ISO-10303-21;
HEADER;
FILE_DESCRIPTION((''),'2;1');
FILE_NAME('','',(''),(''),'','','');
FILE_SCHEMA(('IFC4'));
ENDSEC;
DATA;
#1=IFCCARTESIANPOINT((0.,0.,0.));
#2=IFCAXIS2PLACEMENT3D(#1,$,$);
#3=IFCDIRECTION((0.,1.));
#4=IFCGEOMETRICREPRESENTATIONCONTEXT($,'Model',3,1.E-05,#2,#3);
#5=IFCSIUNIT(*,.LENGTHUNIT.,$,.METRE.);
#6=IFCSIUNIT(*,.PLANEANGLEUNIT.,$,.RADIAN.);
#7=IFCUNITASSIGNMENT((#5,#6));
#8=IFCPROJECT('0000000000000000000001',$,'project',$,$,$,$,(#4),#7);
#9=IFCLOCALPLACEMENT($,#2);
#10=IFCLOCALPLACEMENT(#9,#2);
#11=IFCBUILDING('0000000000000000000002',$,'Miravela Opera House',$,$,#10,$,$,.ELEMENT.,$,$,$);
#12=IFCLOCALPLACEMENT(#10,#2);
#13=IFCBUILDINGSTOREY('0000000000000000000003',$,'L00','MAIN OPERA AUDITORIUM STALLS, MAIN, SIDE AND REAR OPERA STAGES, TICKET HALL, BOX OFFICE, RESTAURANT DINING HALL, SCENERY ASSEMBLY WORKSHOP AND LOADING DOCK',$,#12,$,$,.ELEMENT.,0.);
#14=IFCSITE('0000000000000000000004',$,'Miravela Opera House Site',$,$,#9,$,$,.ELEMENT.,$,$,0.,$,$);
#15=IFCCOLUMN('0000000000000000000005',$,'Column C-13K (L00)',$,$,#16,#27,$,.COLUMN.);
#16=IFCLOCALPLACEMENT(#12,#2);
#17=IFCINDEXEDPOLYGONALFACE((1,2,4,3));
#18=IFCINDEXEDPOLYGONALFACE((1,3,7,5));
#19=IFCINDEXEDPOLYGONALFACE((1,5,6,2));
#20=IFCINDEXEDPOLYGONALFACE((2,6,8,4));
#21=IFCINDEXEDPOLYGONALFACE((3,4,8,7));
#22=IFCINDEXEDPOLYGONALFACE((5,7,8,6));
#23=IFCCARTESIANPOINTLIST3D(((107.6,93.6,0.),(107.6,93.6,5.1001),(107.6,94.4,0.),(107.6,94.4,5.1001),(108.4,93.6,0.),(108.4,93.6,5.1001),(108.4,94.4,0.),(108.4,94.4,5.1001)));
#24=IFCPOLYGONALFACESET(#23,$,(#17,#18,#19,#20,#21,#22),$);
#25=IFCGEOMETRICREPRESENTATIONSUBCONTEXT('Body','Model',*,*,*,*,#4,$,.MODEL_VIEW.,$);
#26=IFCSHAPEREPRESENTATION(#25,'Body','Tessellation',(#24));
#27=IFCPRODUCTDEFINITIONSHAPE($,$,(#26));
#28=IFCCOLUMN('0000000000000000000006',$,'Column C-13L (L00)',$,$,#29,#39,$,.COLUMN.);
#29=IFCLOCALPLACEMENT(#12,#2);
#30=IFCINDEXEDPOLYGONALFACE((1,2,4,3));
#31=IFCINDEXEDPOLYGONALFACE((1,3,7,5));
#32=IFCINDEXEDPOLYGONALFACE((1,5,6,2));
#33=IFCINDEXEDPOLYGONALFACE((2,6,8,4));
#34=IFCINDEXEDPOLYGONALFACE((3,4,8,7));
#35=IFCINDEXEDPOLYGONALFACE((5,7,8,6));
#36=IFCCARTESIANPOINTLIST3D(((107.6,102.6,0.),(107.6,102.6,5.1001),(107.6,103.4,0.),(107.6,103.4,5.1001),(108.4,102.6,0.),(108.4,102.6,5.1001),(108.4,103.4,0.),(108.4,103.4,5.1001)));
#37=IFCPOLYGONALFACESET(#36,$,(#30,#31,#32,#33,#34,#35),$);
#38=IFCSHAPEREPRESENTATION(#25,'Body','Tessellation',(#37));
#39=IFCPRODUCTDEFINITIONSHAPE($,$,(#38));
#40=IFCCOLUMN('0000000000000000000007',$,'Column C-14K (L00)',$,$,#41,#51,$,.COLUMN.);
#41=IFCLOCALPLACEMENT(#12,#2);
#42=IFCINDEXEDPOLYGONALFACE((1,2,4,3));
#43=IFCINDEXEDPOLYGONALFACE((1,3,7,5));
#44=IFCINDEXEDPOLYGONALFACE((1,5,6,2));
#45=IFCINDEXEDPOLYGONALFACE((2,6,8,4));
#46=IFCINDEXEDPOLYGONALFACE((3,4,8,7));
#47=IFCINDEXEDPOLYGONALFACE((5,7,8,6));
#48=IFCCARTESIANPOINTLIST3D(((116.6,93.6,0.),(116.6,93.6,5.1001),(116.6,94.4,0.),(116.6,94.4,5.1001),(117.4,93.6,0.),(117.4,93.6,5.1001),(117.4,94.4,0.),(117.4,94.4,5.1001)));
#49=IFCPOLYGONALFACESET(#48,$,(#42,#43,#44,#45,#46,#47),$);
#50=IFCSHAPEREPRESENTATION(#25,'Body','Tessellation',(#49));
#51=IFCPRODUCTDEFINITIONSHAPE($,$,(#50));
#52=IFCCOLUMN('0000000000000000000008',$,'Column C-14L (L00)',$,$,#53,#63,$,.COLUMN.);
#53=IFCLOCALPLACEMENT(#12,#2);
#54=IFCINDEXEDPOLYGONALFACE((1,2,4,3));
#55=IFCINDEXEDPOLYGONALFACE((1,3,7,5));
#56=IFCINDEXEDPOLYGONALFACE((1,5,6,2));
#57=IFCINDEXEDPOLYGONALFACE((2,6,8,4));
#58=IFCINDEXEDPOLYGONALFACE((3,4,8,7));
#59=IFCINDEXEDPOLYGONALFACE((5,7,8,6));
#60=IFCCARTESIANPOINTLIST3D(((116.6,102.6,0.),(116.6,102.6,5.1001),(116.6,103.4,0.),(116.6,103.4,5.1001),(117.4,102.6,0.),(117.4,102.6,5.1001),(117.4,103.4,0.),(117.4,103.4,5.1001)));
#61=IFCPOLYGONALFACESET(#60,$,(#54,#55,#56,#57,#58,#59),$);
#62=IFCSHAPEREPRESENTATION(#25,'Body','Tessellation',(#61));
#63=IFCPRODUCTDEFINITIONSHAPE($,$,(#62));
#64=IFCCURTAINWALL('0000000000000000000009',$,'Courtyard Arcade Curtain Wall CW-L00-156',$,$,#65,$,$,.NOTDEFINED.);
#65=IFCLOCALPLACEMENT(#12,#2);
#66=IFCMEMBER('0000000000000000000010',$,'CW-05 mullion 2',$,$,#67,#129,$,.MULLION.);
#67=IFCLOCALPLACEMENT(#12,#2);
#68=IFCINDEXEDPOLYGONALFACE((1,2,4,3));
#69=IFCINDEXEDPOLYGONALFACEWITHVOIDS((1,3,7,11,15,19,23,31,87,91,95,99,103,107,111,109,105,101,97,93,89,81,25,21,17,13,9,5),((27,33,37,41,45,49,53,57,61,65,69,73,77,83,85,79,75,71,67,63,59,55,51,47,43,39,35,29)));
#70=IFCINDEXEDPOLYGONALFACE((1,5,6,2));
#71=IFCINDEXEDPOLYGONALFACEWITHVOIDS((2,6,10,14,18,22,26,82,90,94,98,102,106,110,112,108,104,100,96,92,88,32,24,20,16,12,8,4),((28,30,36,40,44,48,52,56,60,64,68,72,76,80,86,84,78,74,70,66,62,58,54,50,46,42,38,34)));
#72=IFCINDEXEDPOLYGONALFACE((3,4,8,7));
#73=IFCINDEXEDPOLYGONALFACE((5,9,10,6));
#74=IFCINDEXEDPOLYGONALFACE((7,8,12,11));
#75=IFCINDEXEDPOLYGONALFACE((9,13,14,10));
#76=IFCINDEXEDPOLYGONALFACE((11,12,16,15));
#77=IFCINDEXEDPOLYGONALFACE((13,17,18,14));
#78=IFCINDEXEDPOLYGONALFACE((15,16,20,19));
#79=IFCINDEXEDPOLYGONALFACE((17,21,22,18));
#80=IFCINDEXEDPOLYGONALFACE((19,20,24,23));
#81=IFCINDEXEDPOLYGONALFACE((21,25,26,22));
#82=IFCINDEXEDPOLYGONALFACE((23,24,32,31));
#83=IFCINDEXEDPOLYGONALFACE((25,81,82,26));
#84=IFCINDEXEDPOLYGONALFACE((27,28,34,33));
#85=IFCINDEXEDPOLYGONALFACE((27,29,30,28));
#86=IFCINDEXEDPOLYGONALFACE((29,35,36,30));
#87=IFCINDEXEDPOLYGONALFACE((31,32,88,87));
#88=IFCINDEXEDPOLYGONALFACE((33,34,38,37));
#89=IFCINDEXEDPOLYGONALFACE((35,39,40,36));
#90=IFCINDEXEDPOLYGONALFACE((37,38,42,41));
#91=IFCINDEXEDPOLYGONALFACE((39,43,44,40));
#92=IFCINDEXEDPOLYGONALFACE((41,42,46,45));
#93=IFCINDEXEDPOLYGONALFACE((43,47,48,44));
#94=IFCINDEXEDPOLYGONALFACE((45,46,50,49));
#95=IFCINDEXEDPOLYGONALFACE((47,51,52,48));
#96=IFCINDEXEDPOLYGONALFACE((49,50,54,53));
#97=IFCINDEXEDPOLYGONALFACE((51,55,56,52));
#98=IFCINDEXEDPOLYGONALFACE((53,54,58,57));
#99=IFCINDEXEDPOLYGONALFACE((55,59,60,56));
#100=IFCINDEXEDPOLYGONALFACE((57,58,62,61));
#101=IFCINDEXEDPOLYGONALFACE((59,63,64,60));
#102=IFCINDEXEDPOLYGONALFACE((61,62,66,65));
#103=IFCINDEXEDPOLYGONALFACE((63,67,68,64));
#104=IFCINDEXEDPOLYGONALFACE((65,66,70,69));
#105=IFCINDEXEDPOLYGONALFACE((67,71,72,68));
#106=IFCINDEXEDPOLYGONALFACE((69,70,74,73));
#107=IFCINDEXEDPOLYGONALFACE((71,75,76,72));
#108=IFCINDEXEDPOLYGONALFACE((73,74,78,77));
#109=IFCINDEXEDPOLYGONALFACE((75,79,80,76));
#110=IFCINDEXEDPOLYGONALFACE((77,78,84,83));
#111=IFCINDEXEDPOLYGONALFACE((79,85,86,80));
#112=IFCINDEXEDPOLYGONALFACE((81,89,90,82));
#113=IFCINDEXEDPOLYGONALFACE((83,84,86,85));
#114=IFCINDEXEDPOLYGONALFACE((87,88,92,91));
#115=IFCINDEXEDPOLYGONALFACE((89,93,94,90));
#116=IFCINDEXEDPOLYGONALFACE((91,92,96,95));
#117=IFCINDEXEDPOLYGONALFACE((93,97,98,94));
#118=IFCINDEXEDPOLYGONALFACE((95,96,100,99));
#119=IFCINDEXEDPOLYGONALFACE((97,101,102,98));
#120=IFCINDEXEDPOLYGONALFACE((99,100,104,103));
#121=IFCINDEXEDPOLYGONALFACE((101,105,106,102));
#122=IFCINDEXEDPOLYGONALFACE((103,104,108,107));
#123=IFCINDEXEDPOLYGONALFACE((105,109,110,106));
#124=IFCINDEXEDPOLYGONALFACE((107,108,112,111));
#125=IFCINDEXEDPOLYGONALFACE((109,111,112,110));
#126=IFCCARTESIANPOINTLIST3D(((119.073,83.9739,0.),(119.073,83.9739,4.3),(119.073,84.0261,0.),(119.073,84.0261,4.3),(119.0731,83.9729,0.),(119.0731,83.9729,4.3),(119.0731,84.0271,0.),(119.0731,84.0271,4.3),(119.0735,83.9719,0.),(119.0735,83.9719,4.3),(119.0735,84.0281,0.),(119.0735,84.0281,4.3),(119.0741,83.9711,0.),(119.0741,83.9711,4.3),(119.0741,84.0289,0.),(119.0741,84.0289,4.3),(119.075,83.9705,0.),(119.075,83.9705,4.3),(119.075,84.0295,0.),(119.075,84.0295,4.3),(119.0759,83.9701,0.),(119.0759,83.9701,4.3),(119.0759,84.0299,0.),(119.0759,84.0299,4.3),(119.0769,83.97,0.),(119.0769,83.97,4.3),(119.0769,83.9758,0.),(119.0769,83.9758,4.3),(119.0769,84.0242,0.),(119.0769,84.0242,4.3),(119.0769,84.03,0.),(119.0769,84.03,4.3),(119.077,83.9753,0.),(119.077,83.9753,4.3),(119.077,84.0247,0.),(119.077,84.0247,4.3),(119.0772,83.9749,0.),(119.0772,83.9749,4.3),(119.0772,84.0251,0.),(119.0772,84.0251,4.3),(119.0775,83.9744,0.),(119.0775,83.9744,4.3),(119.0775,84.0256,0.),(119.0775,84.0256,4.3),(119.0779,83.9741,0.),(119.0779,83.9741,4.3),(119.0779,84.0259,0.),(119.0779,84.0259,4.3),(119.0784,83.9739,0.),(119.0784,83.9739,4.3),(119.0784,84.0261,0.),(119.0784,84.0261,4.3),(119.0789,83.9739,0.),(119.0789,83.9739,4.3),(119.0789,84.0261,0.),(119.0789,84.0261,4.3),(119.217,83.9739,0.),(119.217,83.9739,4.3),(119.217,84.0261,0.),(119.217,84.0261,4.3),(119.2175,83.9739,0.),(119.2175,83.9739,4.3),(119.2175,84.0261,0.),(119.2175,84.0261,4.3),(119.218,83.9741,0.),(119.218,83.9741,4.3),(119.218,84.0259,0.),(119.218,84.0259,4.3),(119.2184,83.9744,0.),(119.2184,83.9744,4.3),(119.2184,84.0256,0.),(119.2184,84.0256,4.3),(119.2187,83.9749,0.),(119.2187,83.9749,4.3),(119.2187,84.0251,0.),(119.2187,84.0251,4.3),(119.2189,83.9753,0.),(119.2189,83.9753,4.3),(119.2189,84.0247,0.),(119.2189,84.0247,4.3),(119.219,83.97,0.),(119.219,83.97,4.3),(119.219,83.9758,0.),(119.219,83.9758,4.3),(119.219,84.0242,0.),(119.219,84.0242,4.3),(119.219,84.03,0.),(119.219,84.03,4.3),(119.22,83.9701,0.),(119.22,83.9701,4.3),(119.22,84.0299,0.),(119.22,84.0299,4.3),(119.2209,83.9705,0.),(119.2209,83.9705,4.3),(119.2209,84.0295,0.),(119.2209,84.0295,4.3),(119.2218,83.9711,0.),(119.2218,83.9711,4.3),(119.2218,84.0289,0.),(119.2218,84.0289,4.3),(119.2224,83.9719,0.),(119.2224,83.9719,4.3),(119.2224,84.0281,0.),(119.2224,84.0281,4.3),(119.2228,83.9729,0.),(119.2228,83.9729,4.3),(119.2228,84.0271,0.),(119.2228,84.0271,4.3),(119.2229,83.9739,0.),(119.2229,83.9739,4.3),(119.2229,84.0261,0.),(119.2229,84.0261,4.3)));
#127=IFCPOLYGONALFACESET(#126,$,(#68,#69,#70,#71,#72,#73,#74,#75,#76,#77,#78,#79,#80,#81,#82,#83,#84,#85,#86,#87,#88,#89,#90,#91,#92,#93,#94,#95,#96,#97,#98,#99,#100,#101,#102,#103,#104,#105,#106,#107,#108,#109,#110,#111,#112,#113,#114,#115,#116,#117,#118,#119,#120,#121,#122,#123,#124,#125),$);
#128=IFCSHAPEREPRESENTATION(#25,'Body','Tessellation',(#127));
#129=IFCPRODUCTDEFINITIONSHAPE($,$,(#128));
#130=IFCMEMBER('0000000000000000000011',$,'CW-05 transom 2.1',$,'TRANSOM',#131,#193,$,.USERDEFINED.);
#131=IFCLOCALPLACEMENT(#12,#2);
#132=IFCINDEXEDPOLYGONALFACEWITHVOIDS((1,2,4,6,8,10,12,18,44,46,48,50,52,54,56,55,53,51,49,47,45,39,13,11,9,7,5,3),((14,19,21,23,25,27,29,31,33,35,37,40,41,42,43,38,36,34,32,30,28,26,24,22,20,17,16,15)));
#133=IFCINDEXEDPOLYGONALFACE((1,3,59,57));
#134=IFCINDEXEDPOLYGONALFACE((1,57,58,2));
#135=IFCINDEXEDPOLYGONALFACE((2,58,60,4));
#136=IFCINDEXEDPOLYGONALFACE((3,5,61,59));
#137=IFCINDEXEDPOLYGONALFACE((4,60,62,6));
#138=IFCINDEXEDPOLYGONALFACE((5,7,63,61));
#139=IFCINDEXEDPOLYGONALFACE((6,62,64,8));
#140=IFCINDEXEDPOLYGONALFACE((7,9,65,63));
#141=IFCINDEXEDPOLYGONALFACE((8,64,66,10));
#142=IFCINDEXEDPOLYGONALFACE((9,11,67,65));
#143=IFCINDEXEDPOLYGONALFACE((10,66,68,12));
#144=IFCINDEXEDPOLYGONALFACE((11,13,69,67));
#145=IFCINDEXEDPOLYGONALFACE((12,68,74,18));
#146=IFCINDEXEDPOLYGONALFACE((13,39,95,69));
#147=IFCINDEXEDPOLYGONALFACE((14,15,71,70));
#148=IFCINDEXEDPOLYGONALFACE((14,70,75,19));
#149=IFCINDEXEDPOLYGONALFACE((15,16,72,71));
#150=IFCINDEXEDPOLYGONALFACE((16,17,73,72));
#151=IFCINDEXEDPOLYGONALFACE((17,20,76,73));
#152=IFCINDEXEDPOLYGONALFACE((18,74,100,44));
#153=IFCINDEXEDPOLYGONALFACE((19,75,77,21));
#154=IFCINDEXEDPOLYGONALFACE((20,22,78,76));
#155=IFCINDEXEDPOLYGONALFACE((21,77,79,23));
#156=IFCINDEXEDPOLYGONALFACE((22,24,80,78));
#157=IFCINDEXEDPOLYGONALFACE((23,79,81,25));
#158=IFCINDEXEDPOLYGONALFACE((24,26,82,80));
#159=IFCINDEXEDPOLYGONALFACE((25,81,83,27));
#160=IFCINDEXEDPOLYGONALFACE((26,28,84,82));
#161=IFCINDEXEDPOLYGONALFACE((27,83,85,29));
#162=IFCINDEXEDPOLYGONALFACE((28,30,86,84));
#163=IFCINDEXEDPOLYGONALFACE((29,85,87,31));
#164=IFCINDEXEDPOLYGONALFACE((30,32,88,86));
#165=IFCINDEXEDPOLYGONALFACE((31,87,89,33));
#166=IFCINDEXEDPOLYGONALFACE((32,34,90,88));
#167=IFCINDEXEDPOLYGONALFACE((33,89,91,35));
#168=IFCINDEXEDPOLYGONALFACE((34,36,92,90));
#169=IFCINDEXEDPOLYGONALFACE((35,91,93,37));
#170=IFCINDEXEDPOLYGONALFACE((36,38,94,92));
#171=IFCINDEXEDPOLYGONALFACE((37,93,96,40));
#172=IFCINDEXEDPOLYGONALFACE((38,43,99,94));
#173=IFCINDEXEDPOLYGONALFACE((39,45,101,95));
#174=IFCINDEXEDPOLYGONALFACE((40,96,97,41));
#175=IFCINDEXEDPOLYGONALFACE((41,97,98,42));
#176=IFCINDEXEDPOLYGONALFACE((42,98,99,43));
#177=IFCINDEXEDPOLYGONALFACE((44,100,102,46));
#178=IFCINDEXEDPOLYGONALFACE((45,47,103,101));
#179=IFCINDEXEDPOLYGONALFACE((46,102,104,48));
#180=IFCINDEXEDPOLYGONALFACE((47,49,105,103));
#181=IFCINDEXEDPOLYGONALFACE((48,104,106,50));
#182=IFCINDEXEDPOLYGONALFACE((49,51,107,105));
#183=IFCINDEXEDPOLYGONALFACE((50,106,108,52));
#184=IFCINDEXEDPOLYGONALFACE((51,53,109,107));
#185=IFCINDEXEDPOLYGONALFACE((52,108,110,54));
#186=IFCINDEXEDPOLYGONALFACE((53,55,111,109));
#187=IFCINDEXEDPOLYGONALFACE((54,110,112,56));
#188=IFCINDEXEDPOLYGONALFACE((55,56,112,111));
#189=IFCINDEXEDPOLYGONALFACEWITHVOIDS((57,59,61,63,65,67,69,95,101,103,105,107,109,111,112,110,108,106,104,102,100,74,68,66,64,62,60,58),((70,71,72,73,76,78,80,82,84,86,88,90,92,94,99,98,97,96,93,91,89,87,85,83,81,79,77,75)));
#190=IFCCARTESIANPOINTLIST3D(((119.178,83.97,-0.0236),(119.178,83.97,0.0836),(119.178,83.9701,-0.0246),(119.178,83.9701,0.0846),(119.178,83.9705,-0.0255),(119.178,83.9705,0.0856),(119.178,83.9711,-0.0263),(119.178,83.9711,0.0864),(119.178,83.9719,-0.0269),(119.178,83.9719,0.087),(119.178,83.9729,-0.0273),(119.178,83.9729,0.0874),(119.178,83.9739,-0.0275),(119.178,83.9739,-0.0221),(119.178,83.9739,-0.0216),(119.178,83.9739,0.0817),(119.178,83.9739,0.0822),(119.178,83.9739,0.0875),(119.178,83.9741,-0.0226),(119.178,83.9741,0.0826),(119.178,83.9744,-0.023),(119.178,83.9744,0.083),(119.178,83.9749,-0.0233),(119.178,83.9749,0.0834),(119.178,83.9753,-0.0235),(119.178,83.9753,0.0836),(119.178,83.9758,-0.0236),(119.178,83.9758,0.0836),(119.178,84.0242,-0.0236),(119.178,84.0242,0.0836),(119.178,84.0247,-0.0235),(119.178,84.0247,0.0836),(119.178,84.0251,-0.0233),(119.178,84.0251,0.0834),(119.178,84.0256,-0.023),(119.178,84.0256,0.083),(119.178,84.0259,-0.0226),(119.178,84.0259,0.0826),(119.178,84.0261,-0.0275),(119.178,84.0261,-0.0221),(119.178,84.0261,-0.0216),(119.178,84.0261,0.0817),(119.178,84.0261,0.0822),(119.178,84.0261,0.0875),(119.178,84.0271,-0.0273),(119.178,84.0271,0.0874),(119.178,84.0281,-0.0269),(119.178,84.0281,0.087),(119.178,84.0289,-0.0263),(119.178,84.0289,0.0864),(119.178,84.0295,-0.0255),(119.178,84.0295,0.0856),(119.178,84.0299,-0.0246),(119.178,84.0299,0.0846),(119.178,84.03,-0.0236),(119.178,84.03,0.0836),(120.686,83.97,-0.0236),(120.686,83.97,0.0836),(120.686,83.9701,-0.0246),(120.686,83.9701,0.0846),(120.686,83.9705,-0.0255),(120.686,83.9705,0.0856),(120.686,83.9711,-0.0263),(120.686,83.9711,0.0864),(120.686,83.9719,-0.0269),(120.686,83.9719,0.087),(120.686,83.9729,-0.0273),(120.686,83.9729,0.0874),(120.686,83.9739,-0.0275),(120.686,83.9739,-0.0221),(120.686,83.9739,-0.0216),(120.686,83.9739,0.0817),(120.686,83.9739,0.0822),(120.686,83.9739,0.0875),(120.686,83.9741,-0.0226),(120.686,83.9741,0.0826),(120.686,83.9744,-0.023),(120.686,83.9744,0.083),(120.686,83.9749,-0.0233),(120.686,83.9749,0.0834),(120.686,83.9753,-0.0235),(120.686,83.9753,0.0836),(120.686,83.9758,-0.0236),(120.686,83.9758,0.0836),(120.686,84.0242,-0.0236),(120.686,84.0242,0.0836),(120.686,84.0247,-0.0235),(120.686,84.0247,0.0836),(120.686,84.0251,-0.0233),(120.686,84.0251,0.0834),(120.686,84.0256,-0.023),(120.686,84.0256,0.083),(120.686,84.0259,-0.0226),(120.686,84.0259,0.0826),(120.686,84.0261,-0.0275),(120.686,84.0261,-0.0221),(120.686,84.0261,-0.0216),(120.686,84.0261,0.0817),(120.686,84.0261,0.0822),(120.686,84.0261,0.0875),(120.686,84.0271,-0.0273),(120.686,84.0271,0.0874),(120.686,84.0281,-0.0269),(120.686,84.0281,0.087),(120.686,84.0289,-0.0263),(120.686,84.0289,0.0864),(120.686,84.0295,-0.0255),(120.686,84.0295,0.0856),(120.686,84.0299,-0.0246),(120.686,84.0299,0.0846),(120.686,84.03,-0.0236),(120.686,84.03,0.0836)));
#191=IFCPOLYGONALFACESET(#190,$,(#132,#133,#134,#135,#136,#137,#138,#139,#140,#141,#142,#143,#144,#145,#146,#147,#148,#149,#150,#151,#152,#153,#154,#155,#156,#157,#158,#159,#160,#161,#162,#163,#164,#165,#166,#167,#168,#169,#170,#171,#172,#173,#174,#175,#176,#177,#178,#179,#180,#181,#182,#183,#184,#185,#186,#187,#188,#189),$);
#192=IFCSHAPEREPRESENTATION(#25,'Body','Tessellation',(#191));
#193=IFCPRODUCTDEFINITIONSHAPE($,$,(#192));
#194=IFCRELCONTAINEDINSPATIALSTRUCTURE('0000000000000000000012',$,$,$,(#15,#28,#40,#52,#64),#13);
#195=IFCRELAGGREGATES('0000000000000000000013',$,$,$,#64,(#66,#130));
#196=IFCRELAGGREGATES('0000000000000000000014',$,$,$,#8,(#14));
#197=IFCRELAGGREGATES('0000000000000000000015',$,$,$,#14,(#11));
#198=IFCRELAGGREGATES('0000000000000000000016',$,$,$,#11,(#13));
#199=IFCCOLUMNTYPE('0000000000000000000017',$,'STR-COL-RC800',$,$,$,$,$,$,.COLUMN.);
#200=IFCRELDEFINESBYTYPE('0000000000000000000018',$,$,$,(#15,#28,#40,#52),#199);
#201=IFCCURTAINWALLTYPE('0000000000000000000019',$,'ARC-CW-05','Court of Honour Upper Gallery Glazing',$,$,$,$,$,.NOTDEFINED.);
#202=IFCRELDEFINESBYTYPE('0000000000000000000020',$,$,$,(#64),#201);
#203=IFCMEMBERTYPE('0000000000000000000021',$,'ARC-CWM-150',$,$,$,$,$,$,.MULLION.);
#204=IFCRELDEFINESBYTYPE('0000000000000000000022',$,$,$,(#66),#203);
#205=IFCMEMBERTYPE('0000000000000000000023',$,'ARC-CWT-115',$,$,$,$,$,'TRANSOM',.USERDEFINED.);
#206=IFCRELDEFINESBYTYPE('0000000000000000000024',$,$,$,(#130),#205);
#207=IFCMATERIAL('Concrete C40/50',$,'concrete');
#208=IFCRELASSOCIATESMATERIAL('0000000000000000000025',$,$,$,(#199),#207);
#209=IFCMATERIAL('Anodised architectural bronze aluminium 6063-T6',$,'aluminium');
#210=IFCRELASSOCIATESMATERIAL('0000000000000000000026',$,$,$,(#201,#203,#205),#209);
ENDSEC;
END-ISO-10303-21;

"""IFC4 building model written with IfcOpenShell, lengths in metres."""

from ifc_helpers import new_model, si_unit, direction, frame, origin, origin_2d, place, context, subcontext, project, spatial, rectangle, hollow_rectangle, extrude, material, material_profile, profile_set, type_object, element, aggregate, save


model = new_model("IFC4")

# Units and contexts
model_context = context("Model", 3, precision=1e-05, world=origin(), true_north=direction((0.0, 1.0)))
body_context = subcontext(model_context, "Body", "Model", "MODEL_VIEW")
ifc_project = project(units=[si_unit("LENGTHUNIT", "METRE"), si_unit("PLANEANGLEUNIT", "RADIAN")], contexts=[model_context])

# Site, building, storey
site_placement = place(None, origin())
site = spatial("IfcSite", under=ifc_project, at=site_placement, Name="Miravela Opera House Site", CompositionType="ELEMENT", RefElevation=0.0)
building_placement = place(site_placement, origin())
building = spatial("IfcBuilding", under=site, at=building_placement, Name="Miravela Opera House", CompositionType="ELEMENT")
storey_placement = place(building_placement, origin())
storey = spatial("IfcBuildingStorey", under=building, at=storey_placement, Name="L00", Description="MAIN OPERA AUDITORIUM STALLS, MAIN, SIDE AND REAR OPERA STAGES, TICKET HALL, BOX OFFICE, RESTAURANT DINING HALL, SCENERY ASSEMBLY WORKSHOP AND LOADING DOCK", CompositionType="ELEMENT", Elevation=0.0)

# Columns
ifc_material_1 = material(Name="Concrete C40/50", Category="concrete")
ifc_material_profile_1 = material_profile(ifc_material_1, rectangle(XDim=0.8, YDim=0.8, at=origin_2d()), Name="RC-COL-800X800")
ifc_profile_set_1 = profile_set([ifc_material_profile_1])
column_type = type_object("IfcColumnType", Name="STR-COL-RC800", PredefinedType="COLUMN", material=ifc_profile_set_1)
for number, where, z_axis, x_axis, name in (
    (1, (108.0, 94.0, 0.0), (0.0, 0.0, 1.0), (1.0, 0.0, 0.0), "Column C-13K (L00)"),
    (2, (108.0, 103.0, 0.0), (0.0, 0.0, 1.0), (1.0, 0.0, 0.0), "Column C-13L (L00)"),
    (3, (117.0, 94.0, 0.0), (0.0, 0.0, 1.0), (1.0, 0.0, 0.0), "Column C-14K (L00)"),
    (4, (117.0, 103.0, 0.0), (0.0, 0.0, 1.0), (1.0, 0.0, 0.0), "Column C-14L (L00)"),
):
    element("IfcColumn", number, at=place(storey_placement, frame(where, z_axis=z_axis, x_axis=x_axis)), inside=storey, type_object=column_type, Name=name, PredefinedType="COLUMN", context=body_context, shape_type="SweptSolid", body=[
        extrude(rectangle(XDim=0.8, YDim=0.8, at=origin_2d()), origin(), (0.0, 0.0, 1.0), 5.1001),
    ])

# Curtain wall, members
ifc_material_2 = material(Name="Anodised architectural bronze aluminium 6063-T6", Category="aluminium")
curtain_wall_type = type_object("IfcCurtainWallType", Name="ARC-CW-05", Description="Court of Honour Upper Gallery Glazing", PredefinedType="NOTDEFINED", material=ifc_material_2)
curtain_wall_placement = place(storey_placement, origin())
curtain_wall = element("IfcCurtainWall", 5, at=curtain_wall_placement, inside=storey, type_object=curtain_wall_type, Name="Courtyard Arcade Curtain Wall CW-L00-156", PredefinedType="NOTDEFINED")
ifc_material_profile_2 = material_profile(ifc_material_2, hollow_rectangle(XDim=0.0601, YDim=0.1499, WallThickness=0.0039, InnerFilletRadius=0.002, OuterFilletRadius=0.0039, at=origin_2d()), Name="CWM-60X150")
ifc_profile_set_2 = profile_set([ifc_material_profile_2])
member_type_1 = type_object("IfcMemberType", Name="ARC-CWM-150", PredefinedType="MULLION", material=ifc_profile_set_2)
member_1_placement = place(storey_placement, frame((119.1479, 84.0, 0.0), z_axis=(0.0, 0.0, 1.0), x_axis=(0.0, 1.0, 0.0)))
member_1 = element("IfcMember", 6, at=member_1_placement, type_object=member_type_1, Name="CW-05 mullion 2", PredefinedType="MULLION", context=body_context, shape_type="SweptSolid", body=[
    extrude(hollow_rectangle(XDim=0.0601, YDim=0.1499, WallThickness=0.0039, InnerFilletRadius=0.002, OuterFilletRadius=0.0039, at=origin_2d()), origin(), (0.0, 0.0, 1.0), 4.3),
])
ifc_material_profile_3 = material_profile(ifc_material_2, hollow_rectangle(XDim=0.0601, YDim=0.115, WallThickness=0.0039, InnerFilletRadius=0.002, OuterFilletRadius=0.0039, at=origin_2d()), Name="CWT-60X115")
ifc_profile_set_3 = profile_set([ifc_material_profile_3])
member_type_2 = type_object("IfcMemberType", Name="ARC-CWT-115", ElementType="TRANSOM", PredefinedType="USERDEFINED", material=ifc_profile_set_3)
member_2_placement = place(storey_placement, frame((119.178, 84.0, 0.03), z_axis=(1.0, 0.0, 0.0), x_axis=(0.0, 1.0, 0.0)))
member_2 = element("IfcMember", 7, at=member_2_placement, type_object=member_type_2, Name="CW-05 transom 2.1", ObjectType="TRANSOM", PredefinedType="USERDEFINED", context=body_context, shape_type="SweptSolid", body=[
    extrude(hollow_rectangle(XDim=0.0601, YDim=0.115, WallThickness=0.0039, InnerFilletRadius=0.002, OuterFilletRadius=0.0039, at=origin_2d()), origin(), (0.0, 0.0, 1.0), 1.5081),
])
aggregate(curtain_wall, [member_1, member_2])

save(model, "model.ifc")
